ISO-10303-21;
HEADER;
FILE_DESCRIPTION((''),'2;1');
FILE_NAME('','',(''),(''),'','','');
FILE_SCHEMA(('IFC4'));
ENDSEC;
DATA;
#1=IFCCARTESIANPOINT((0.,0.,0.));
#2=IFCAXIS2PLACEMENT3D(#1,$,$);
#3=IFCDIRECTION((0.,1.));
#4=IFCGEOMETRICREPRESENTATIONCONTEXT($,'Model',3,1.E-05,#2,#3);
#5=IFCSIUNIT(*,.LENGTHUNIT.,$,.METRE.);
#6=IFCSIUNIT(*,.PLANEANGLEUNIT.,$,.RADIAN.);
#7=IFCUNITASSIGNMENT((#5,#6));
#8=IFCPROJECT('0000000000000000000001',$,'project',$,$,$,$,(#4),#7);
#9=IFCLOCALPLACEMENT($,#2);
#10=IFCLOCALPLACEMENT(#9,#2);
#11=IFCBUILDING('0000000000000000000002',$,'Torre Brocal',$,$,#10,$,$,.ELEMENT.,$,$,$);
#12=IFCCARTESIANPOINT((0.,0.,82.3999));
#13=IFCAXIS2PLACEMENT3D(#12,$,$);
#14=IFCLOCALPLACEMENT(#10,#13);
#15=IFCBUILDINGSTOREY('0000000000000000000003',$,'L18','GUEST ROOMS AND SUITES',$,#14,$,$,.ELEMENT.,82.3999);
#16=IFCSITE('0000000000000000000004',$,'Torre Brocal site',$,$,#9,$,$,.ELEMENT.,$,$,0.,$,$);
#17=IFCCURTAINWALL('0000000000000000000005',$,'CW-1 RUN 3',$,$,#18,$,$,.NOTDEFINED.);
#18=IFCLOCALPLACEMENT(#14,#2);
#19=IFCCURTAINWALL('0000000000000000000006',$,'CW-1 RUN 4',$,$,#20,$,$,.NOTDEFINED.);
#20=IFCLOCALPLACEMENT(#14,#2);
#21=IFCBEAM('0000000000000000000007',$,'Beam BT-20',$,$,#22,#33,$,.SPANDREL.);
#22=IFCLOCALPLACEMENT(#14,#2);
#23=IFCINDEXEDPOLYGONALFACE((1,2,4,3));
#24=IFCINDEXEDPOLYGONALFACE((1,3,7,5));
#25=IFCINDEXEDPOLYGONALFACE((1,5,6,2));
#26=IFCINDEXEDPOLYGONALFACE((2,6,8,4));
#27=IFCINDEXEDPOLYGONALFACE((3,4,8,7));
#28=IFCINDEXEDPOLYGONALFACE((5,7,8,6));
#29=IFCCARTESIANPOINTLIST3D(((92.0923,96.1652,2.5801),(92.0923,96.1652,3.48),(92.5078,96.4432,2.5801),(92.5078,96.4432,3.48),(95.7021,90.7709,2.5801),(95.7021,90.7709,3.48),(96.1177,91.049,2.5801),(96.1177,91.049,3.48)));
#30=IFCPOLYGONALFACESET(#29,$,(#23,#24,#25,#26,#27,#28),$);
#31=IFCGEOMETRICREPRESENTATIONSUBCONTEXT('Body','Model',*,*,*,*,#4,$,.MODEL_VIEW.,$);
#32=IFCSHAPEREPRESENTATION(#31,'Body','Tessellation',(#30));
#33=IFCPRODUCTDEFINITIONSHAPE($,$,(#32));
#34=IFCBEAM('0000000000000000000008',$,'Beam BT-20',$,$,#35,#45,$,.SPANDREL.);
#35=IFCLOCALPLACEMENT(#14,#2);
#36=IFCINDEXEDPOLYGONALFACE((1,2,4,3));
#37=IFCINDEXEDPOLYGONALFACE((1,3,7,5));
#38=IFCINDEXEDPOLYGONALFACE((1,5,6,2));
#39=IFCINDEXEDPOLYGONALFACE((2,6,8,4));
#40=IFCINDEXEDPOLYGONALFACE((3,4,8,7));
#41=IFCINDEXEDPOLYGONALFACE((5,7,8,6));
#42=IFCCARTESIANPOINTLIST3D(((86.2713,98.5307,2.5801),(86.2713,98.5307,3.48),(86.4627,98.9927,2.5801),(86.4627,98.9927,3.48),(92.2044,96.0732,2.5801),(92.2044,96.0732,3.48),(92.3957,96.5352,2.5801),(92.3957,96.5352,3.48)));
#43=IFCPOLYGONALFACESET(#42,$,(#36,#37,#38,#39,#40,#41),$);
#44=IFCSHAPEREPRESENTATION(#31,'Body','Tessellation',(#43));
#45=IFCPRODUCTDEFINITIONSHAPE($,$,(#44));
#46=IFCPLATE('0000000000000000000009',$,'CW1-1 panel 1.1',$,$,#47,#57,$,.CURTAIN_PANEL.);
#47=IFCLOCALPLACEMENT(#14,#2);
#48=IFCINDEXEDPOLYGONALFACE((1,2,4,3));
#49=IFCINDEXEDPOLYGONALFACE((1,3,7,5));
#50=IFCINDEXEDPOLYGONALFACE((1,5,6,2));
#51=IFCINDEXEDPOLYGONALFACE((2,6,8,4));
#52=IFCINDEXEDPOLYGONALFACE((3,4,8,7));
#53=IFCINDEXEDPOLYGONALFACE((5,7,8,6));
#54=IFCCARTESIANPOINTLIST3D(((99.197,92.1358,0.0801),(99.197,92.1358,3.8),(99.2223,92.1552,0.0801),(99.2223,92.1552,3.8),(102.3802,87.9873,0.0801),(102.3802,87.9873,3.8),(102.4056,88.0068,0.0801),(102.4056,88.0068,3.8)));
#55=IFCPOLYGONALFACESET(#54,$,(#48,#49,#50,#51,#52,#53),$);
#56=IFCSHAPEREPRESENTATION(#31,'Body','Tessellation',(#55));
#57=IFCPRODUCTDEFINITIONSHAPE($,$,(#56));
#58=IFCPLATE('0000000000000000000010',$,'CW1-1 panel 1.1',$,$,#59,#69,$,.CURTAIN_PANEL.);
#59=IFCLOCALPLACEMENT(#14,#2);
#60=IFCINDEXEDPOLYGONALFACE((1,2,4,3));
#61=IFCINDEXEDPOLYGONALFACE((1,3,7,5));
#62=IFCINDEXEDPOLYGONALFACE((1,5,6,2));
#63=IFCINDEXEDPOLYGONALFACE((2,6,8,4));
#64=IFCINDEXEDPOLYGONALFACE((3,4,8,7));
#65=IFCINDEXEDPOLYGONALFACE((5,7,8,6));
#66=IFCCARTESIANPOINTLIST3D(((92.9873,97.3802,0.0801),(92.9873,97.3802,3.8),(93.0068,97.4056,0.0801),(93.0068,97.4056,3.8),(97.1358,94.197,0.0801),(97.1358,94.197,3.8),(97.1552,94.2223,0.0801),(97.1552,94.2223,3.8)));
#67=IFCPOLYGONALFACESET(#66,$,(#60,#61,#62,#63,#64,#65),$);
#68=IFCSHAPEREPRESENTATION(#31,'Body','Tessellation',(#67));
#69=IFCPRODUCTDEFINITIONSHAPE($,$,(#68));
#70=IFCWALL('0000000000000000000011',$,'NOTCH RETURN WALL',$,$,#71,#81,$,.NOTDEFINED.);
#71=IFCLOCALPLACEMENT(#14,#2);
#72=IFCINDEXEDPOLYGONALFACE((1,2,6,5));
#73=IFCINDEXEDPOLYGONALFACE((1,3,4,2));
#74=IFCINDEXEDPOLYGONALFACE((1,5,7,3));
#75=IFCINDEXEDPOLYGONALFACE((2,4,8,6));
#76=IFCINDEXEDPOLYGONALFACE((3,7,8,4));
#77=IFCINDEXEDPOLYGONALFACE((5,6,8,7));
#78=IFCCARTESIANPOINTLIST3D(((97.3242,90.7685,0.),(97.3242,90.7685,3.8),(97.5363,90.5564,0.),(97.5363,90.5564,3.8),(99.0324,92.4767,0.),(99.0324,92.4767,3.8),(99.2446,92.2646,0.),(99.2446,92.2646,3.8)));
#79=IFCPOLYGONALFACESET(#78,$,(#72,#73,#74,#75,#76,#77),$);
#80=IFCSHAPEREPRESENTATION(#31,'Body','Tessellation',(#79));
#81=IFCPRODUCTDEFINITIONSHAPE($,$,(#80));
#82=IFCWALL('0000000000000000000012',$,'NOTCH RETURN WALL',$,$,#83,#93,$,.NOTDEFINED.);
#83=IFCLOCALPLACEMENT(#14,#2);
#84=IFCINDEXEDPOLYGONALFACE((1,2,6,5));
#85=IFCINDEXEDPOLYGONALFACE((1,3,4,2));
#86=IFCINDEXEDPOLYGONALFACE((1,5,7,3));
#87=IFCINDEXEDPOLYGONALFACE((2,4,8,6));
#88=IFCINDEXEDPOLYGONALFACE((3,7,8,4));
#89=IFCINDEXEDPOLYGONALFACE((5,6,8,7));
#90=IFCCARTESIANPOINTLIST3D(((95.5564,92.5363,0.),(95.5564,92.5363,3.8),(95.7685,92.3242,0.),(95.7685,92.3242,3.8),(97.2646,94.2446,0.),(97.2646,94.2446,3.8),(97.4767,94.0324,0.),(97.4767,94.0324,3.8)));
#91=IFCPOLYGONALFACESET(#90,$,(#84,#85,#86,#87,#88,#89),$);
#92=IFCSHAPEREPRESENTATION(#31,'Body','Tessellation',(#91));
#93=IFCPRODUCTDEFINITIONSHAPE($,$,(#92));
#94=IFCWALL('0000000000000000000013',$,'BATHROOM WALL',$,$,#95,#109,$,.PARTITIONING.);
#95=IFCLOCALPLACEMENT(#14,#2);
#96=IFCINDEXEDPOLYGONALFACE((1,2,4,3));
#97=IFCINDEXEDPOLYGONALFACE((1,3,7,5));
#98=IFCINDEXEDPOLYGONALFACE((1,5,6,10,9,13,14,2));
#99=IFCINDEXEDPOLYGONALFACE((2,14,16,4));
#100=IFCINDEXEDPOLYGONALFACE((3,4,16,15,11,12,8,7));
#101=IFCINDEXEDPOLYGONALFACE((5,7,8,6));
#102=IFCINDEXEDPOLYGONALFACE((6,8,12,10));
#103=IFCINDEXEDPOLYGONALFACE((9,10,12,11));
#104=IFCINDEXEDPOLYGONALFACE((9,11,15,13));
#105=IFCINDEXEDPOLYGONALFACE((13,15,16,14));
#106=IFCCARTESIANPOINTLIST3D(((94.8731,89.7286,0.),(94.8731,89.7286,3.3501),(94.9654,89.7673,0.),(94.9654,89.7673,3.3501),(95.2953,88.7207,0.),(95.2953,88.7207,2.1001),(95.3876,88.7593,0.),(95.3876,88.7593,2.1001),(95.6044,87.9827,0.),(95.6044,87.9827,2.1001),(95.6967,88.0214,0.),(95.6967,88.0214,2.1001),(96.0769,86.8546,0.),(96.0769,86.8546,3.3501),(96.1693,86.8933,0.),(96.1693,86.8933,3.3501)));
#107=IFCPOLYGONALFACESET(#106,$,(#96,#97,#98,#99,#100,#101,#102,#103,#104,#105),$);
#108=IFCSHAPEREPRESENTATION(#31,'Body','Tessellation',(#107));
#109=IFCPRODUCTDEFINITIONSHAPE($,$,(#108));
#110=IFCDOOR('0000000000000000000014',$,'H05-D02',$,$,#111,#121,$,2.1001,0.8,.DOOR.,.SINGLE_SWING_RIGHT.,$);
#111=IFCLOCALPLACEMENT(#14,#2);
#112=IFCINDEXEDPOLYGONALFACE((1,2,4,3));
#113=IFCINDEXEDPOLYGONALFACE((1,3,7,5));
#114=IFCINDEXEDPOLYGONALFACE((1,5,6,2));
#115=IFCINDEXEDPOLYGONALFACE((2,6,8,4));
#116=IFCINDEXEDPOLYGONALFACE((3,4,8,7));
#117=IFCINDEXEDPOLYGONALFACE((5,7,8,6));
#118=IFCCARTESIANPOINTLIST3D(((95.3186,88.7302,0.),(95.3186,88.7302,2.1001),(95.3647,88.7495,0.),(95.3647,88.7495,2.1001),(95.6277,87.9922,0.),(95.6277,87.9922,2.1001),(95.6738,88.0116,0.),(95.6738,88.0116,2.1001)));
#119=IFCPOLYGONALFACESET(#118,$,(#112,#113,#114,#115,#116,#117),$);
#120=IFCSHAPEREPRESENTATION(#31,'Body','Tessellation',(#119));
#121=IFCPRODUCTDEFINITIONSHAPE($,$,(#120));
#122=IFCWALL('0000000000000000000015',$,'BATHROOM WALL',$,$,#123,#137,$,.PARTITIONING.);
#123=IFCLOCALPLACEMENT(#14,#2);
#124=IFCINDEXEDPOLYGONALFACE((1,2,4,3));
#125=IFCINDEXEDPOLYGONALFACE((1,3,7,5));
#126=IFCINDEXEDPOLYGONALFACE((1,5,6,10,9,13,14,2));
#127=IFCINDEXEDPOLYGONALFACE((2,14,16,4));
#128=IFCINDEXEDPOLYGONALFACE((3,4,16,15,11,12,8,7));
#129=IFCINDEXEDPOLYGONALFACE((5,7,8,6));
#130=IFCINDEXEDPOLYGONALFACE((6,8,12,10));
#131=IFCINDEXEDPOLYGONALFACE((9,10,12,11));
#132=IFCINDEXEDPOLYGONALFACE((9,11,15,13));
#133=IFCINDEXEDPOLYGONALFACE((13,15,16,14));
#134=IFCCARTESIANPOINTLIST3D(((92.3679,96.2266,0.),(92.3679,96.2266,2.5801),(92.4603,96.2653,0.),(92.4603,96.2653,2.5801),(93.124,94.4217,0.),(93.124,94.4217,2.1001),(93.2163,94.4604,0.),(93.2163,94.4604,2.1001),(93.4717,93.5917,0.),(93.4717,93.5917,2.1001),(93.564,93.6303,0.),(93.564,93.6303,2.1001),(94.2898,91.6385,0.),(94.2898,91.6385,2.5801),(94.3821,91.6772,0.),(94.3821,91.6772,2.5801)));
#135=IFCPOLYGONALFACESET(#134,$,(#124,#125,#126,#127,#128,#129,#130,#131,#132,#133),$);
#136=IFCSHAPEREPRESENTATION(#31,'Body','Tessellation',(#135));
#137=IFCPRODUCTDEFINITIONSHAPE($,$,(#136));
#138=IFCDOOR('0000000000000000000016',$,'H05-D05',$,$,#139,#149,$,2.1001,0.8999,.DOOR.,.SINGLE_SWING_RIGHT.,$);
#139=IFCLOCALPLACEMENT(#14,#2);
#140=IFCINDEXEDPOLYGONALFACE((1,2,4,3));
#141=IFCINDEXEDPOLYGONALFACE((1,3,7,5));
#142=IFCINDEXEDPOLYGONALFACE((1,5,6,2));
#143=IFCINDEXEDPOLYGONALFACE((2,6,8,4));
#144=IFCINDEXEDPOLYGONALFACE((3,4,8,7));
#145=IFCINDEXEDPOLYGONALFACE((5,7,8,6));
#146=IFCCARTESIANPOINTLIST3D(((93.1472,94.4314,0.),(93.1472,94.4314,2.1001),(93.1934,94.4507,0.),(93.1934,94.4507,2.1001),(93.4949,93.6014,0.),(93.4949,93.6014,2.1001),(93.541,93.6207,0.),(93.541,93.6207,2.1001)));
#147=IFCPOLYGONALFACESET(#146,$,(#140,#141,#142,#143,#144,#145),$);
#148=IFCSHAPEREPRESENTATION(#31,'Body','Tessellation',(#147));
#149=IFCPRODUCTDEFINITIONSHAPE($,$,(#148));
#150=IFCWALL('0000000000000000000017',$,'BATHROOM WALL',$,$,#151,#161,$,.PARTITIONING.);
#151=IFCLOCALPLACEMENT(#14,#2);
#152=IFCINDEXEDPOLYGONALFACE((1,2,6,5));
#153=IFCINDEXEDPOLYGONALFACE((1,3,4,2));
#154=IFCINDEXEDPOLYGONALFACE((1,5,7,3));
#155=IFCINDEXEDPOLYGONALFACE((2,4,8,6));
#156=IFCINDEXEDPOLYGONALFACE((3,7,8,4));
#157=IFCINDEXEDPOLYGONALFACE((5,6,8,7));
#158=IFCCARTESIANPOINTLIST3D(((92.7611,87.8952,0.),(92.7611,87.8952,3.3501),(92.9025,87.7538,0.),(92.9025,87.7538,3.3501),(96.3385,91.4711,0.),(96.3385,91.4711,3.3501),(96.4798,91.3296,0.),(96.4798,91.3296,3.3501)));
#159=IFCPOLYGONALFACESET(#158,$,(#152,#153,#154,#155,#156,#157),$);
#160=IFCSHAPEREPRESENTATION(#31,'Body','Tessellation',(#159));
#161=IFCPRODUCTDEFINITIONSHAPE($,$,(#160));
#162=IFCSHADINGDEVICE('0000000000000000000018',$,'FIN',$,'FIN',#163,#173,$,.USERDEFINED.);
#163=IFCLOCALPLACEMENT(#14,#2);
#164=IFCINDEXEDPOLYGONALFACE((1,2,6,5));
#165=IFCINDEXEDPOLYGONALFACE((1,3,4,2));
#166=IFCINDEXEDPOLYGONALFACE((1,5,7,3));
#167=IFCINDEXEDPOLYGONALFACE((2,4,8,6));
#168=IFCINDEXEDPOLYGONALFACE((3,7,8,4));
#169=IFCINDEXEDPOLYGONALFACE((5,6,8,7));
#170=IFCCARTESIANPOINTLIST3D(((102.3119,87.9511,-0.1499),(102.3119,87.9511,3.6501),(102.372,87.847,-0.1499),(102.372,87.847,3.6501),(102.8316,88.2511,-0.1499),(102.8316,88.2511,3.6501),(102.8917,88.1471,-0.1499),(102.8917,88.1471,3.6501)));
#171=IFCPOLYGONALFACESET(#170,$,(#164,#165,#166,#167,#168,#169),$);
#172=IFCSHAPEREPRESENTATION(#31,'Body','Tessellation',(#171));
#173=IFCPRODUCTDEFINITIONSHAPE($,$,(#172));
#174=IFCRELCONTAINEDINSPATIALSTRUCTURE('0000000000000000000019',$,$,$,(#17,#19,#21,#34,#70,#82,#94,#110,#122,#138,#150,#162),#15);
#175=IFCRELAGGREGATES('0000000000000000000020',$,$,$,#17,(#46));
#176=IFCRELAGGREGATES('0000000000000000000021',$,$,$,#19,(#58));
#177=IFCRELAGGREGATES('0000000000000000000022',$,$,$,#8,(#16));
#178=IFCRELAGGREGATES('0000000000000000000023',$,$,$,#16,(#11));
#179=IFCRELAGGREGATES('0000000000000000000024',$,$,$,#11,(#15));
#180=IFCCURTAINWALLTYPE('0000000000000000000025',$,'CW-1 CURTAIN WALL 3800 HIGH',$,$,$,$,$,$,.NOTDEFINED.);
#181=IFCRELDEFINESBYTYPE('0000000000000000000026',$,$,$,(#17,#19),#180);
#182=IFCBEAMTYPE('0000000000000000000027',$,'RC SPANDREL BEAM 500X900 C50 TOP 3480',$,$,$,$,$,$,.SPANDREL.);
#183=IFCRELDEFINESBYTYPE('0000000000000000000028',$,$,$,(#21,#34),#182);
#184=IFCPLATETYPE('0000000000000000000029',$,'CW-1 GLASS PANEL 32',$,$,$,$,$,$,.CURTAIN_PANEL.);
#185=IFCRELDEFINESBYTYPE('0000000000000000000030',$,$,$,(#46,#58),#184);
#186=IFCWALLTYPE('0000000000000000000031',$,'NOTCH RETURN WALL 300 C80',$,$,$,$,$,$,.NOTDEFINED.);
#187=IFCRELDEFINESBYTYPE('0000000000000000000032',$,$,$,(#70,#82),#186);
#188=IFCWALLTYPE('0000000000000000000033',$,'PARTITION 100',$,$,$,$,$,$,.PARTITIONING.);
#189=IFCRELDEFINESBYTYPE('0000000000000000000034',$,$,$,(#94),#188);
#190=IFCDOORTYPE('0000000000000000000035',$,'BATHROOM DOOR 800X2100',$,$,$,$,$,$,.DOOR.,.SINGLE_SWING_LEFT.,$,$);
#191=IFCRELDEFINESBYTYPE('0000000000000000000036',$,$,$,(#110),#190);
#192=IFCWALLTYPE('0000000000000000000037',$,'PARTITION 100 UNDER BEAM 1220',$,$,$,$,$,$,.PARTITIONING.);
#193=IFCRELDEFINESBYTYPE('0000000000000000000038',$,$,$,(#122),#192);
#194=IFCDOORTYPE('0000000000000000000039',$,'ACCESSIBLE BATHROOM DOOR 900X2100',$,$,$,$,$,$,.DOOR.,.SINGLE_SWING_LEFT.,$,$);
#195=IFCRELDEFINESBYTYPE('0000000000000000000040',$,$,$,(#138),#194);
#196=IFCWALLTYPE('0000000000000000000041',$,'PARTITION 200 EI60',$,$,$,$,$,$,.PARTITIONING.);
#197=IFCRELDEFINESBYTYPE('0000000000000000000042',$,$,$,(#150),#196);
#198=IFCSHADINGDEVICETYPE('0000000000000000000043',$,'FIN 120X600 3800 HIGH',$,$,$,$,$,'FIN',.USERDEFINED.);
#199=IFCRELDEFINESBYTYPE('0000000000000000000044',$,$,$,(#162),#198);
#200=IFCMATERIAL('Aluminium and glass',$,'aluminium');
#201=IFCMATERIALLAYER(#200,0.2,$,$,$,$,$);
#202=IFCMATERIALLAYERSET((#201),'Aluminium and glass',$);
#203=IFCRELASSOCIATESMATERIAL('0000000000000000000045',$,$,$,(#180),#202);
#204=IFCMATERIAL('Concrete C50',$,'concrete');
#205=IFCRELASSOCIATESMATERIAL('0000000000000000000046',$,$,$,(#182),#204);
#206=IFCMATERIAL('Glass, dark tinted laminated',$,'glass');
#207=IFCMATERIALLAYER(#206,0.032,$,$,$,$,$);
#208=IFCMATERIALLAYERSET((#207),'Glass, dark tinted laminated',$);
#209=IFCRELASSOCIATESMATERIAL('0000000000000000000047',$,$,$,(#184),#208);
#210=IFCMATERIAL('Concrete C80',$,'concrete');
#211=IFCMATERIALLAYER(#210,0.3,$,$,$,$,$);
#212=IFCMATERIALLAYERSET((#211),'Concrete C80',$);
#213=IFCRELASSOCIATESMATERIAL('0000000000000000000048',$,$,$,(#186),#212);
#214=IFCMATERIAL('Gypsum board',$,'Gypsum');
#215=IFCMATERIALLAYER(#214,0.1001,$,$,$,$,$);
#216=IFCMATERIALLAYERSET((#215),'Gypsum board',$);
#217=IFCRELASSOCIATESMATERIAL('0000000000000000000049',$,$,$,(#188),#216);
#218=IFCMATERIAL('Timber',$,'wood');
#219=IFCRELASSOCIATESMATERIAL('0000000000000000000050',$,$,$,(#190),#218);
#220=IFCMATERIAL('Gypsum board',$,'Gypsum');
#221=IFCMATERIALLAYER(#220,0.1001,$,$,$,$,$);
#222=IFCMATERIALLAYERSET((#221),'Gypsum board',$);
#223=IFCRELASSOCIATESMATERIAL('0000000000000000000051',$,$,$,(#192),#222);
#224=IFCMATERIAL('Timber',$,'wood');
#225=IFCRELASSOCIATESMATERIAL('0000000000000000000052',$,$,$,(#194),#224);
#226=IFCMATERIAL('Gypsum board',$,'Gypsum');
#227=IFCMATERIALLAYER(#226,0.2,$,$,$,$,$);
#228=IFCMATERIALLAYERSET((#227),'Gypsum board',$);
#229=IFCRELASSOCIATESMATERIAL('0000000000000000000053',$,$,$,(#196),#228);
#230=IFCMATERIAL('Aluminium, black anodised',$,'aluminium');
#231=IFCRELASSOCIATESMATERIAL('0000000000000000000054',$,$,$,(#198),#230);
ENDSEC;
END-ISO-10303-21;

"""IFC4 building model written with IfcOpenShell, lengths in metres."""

from ifc_helpers import new_model, si_unit, direction, frame, frame_2d, origin, origin_2d, place, context, subcontext, project, spatial, rectangle, extrude, material, layer, layer_set, material_profile, profile_set, type_object, element, fill, aggregate, save


model = new_model("IFC4")

# Units and contexts
model_context = context("Model", 3, precision=1e-05, world=origin(), true_north=direction((0.0, 1.0)))
body_context = subcontext(model_context, "Body", "Model", "MODEL_VIEW")
ifc_project = project(units=[si_unit("LENGTHUNIT", "METRE"), si_unit("PLANEANGLEUNIT", "RADIAN")], contexts=[model_context])

# Site, building, storey
site_placement = place(None, origin())
site = spatial("IfcSite", under=ifc_project, at=site_placement, Name="Torre Brocal site", CompositionType="ELEMENT", RefElevation=0.0)
building_placement = place(site_placement, origin())
building = spatial("IfcBuilding", under=site, at=building_placement, Name="Torre Brocal", CompositionType="ELEMENT")
storey_placement = place(building_placement, frame((0.0, 0.0, 82.3999)))
storey = spatial("IfcBuildingStorey", under=building, at=storey_placement, Name="L18", Description="GUEST ROOMS AND SUITES", CompositionType="ELEMENT", Elevation=82.3999)

# Shared definitions
ifc_material_1 = material(Name="Aluminium and glass", Category="aluminium")
ifc_layer_1 = layer(ifc_material_1, 0.2)
ifc_layer_set_1 = layer_set([ifc_layer_1], Name="Aluminium and glass")
curtain_wall_type = type_object("IfcCurtainWallType", Name="CW-1 CURTAIN WALL 3800 HIGH", PredefinedType="NOTDEFINED", material=ifc_layer_set_1)

# Curtain walls
curtain_wall_1_placement = place(storey_placement, origin())
curtain_wall_1 = element("IfcCurtainWall", 1, at=curtain_wall_1_placement, inside=storey, type_object=curtain_wall_type, Name="CW-1 RUN 3", PredefinedType="NOTDEFINED")
curtain_wall_2_placement = place(storey_placement, origin())
curtain_wall_2 = element("IfcCurtainWall", 2, at=curtain_wall_2_placement, inside=storey, type_object=curtain_wall_type, Name="CW-1 RUN 4", PredefinedType="NOTDEFINED")

# Beams
ifc_material_2 = material(Name="Concrete C50", Category="concrete")
ifc_material_profile_1 = material_profile(ifc_material_2, rectangle(XDim=0.5, YDim=0.8999, at=origin_2d()), Name="RC 500X900")
ifc_profile_set_1 = profile_set([ifc_material_profile_1], Name="Concrete C50")
beam_type_1 = type_object("IfcBeamType", Name="RC SPANDREL BEAM 500X900 C50 TOP 3480", PredefinedType="SPANDREL", material=ifc_profile_set_1)
beam_1_placement = place(storey_placement, frame((95.9099, 90.9099, 3.03), z_axis=(-0.556158, 0.831077, 0.0), x_axis=(-0.831077, -0.556158, 0.0)))
element("IfcBeam", 3, at=beam_1_placement, inside=storey, type_object=beam_type_1, Name="Beam BT-20", PredefinedType="SPANDREL", context=body_context, shape_type="SweptSolid", body=[
    extrude(rectangle(XDim=0.5, YDim=0.8999, at=origin_2d()), origin(), (0.0, 0.0, 1.0), 6.4907),
])
beam_2_placement = place(storey_placement, frame((92.3, 96.3042, 3.03), z_axis=(-0.923882, 0.382676, 0.0), x_axis=(-0.382676, -0.923882, 0.0)))
element("IfcBeam", 4, at=beam_2_placement, inside=storey, type_object=beam_type_1, Name="Beam BT-20", PredefinedType="SPANDREL", context=body_context, shape_type="SweptSolid", body=[
    extrude(rectangle(XDim=0.5, YDim=0.8999, at=origin_2d()), origin(), (0.0, 0.0, 1.0), 6.4219),
])

# Plates
ifc_material_3 = material(Name="Glass, dark tinted laminated", Category="glass")
ifc_layer_2 = layer(ifc_material_3, 0.032)
ifc_layer_set_2 = layer_set([ifc_layer_2], Name="Glass, dark tinted laminated")
plate_type = type_object("IfcPlateType", Name="CW-1 GLASS PANEL 32", PredefinedType="CURTAIN_PANEL", material=ifc_layer_set_2)
plate_1_placement = place(storey_placement, frame((100.8013, 90.0713, 0.0801), z_axis=(0.0, 0.0, 1.0), x_axis=(-0.608761, 0.793353, 0.0)))
plate_1 = element("IfcPlate", 5, at=plate_1_placement, type_object=plate_type, Name="CW1-1 panel 1.1", PredefinedType="CURTAIN_PANEL", context=body_context, shape_type="SweptSolid", body=[
    extrude(rectangle(XDim=5.229, YDim=0.032, at=origin_2d()), origin(), (0.0, 0.0, 1.0), 3.72),
])
aggregate(curtain_wall_1, [plate_1])
plate_2_placement = place(storey_placement, frame((95.0713, 95.8013, 0.0801), z_axis=(0.0, 0.0, 1.0), x_axis=(-0.793353, 0.608761, 0.0)))
plate_2 = element("IfcPlate", 6, at=plate_2_placement, type_object=plate_type, Name="CW1-1 panel 1.1", PredefinedType="CURTAIN_PANEL", context=body_context, shape_type="SweptSolid", body=[
    extrude(rectangle(XDim=5.229, YDim=0.032, at=origin_2d()), origin(), (0.0, 0.0, 1.0), 3.72),
])
aggregate(curtain_wall_2, [plate_2])

# Walls
ifc_material_4 = material(Name="Concrete C80", Category="concrete")
ifc_layer_3 = layer(ifc_material_4, 0.3)
ifc_layer_set_3 = layer_set([ifc_layer_3], Name="Concrete C80")
wall_type_1 = type_object("IfcWallType", Name="NOTCH RETURN WALL 300 C80", PredefinedType="NOTDEFINED", material=ifc_layer_set_3)
for number, where, z_axis, x_axis, name in (
    (7, (97.4302, 90.6624, 0.0), (0.0, 0.0, 1.0), (0.707107, 0.707107, 0.0), "NOTCH RETURN WALL"),
    (8, (95.6624, 92.4302, 0.0), (0.0, 0.0, 1.0), (0.707107, 0.707107, 0.0), "NOTCH RETURN WALL"),
):
    element("IfcWall", number, at=place(storey_placement, frame(where, z_axis=z_axis, x_axis=x_axis)), inside=storey, type_object=wall_type_1, Name=name, PredefinedType="NOTDEFINED", context=body_context, shape_type="SweptSolid", body=[
        extrude(rectangle(XDim=2.4158, YDim=0.3, at=frame_2d((1.208, 0.0))), origin(), (0.0, 0.0, 1.0), 3.8),
    ])

# Walls, openings, doors
ifc_material_5 = material(Name="Gypsum board", Category="Gypsum")
ifc_layer_4 = layer(ifc_material_5, 0.1001)
ifc_layer_set_4 = layer_set([ifc_layer_4], Name="Gypsum board")
wall_type_2 = type_object("IfcWallType", Name="PARTITION 100", PredefinedType="PARTITIONING", material=ifc_layer_set_4)
wall_1_placement = place(storey_placement, frame((94.9192, 89.748, 0.0), z_axis=(0.0, 0.0, 1.0), x_axis=(0.38635, -0.922352, 0.0)))
wall_1 = element("IfcWall", 9, at=wall_1_placement, inside=storey, type_object=wall_type_2, Name="BATHROOM WALL", PredefinedType="PARTITIONING", context=body_context, shape_type="SweptSolid", body=[
    extrude(rectangle(XDim=3.116, YDim=0.1001, at=frame_2d((1.5581, 0.0))), origin(), (0.0, 0.0, 1.0), 3.3501),
])
opening_1_placement = place(wall_1_placement, frame((1.093, 0.0, 0.0)))
opening_1 = element("IfcOpeningElement", 10, at=opening_1_placement, cuts=wall_1, PredefinedType="OPENING", context=body_context, shape_type="SweptSolid", body=[
    extrude(rectangle(XDim=0.8, YDim=2.1001, at=frame_2d((0.3999, 1.05))), frame((0.0, 0.0601, 0.0), z_axis=(0.0, -1.0, 0.0), x_axis=(1.0, 0.0, 0.0)), (0.0, 0.0, 1.0), 0.1201),
])
ifc_material_6 = material(Name="Timber", Category="wood")
door_type_1 = type_object("IfcDoorType", Name="BATHROOM DOOR 800X2100", OperationType="SINGLE_SWING_LEFT", PredefinedType="DOOR", material=ifc_material_6)
door_1_placement = place(opening_1_placement, frame((0.8, 0.0, 0.0), z_axis=(0.0, 0.0, 1.0), x_axis=(-1.0, 0.0, 0.0)))
door_1 = element("IfcDoor", 11, at=door_1_placement, inside=storey, type_object=door_type_1, Name="H05-D02", OperationType="SINGLE_SWING_RIGHT", OverallHeight=2.1001, OverallWidth=0.8, PredefinedType="DOOR", context=body_context, shape_type="SweptSolid", body=[
    extrude(rectangle(XDim=0.8, YDim=2.1001, at=frame_2d((0.3999, 1.05))), frame((0.0, 0.0249, 0.0), z_axis=(0.0, -1.0, 0.0), x_axis=(1.0, 0.0, 0.0)), (0.0, 0.0, 1.0), 0.05),
])
fill(opening_1, door_1)
ifc_material_7 = material(Name="Gypsum board", Category="Gypsum")
ifc_layer_5 = layer(ifc_material_7, 0.1001)
ifc_layer_set_5 = layer_set([ifc_layer_5], Name="Gypsum board")
wall_type_3 = type_object("IfcWallType", Name="PARTITION 100 UNDER BEAM 1220", PredefinedType="PARTITIONING", material=ifc_layer_set_5)
wall_2_placement = place(storey_placement, frame((92.4141, 96.2461, 0.0), z_axis=(0.0, 0.0, 1.0), x_axis=(0.386354, -0.922351, 0.0)))
wall_2 = element("IfcWall", 12, at=wall_2_placement, inside=storey, type_object=wall_type_3, Name="BATHROOM WALL", PredefinedType="PARTITIONING", context=body_context, shape_type="SweptSolid", body=[
    extrude(rectangle(XDim=4.9744, YDim=0.1001, at=frame_2d((2.4873, 0.0))), origin(), (0.0, 0.0, 1.0), 2.5801),
])
opening_2_placement = place(wall_2_placement, frame((1.957, 0.0, 0.0)))
opening_2 = element("IfcOpeningElement", 13, at=opening_2_placement, cuts=wall_2, PredefinedType="OPENING", context=body_context, shape_type="SweptSolid", body=[
    extrude(rectangle(XDim=0.8999, YDim=2.1001, at=frame_2d((0.45, 1.05))), frame((0.0, 0.0601, 0.0), z_axis=(0.0, -1.0, 0.0), x_axis=(1.0, 0.0, 0.0)), (0.0, 0.0, 1.0), 0.1201),
])
ifc_material_8 = material(Name="Timber", Category="wood")
door_type_2 = type_object("IfcDoorType", Name="ACCESSIBLE BATHROOM DOOR 900X2100", OperationType="SINGLE_SWING_LEFT", PredefinedType="DOOR", material=ifc_material_8)
door_2_placement = place(opening_2_placement, frame((0.8999, 0.0, 0.0), z_axis=(0.0, 0.0, 1.0), x_axis=(-1.0, 0.0, 0.0)))
door_2 = element("IfcDoor", 14, at=door_2_placement, inside=storey, type_object=door_type_2, Name="H05-D05", OperationType="SINGLE_SWING_RIGHT", OverallHeight=2.1001, OverallWidth=0.8999, PredefinedType="DOOR", context=body_context, shape_type="SweptSolid", body=[
    extrude(rectangle(XDim=0.8999, YDim=2.1001, at=frame_2d((0.45, 1.05))), frame((0.0, 0.0249, 0.0), z_axis=(0.0, -1.0, 0.0), x_axis=(1.0, 0.0, 0.0)), (0.0, 0.0, 1.0), 0.05),
])
fill(opening_2, door_2)

# Wall
ifc_material_9 = material(Name="Gypsum board", Category="Gypsum")
ifc_layer_6 = layer(ifc_material_9, 0.2)
ifc_layer_set_6 = layer_set([ifc_layer_6], Name="Gypsum board")
wall_type_4 = type_object("IfcWallType", Name="PARTITION 200 EI60", PredefinedType="PARTITIONING", material=ifc_layer_set_6)
wall_3_placement = place(storey_placement, frame((92.8318, 87.8245, 0.0), z_axis=(0.0, 0.0, 1.0), x_axis=(0.707252, 0.706962, 0.0)))
element("IfcWall", 15, at=wall_3_placement, inside=storey, type_object=wall_type_4, Name="BATHROOM WALL", PredefinedType="PARTITIONING", context=body_context, shape_type="SweptSolid", body=[
    extrude(rectangle(XDim=5.0581, YDim=0.2, at=frame_2d((2.5291, 0.0))), origin(), (0.0, 0.0, 1.0), 3.3501),
])

# Shading device
ifc_material_10 = material(Name="Aluminium, black anodised", Category="aluminium")
ifc_material_profile_2 = material_profile(ifc_material_10, rectangle(XDim=0.1201, YDim=0.6001, at=origin_2d()), Name="FIN 120X600 3800 HIGH")
ifc_profile_set_2 = profile_set([ifc_material_profile_2], Name="Aluminium, black anodised")
shading_device_type = type_object("IfcShadingDeviceType", Name="FIN 120X600 3800 HIGH", ElementType="FIN", PredefinedType="USERDEFINED", material=ifc_profile_set_2)
for number, where, z_axis, x_axis, name in (
    (16, (102.6018, 88.0491, -0.1499), (0.0, 0.0, 1.0), (-0.5, 0.866025, 0.0), "FIN"),
):
    element("IfcShadingDevice", number, at=place(storey_placement, frame(where, z_axis=z_axis, x_axis=x_axis)), inside=storey, type_object=shading_device_type, Name=name, ObjectType="FIN", PredefinedType="USERDEFINED", context=body_context, shape_type="SweptSolid", body=[
        extrude(rectangle(XDim=0.1201, YDim=0.6001, at=origin_2d()), origin(), (0.0, 0.0, 1.0), 3.8),
    ])

save(model, "model.ifc")
